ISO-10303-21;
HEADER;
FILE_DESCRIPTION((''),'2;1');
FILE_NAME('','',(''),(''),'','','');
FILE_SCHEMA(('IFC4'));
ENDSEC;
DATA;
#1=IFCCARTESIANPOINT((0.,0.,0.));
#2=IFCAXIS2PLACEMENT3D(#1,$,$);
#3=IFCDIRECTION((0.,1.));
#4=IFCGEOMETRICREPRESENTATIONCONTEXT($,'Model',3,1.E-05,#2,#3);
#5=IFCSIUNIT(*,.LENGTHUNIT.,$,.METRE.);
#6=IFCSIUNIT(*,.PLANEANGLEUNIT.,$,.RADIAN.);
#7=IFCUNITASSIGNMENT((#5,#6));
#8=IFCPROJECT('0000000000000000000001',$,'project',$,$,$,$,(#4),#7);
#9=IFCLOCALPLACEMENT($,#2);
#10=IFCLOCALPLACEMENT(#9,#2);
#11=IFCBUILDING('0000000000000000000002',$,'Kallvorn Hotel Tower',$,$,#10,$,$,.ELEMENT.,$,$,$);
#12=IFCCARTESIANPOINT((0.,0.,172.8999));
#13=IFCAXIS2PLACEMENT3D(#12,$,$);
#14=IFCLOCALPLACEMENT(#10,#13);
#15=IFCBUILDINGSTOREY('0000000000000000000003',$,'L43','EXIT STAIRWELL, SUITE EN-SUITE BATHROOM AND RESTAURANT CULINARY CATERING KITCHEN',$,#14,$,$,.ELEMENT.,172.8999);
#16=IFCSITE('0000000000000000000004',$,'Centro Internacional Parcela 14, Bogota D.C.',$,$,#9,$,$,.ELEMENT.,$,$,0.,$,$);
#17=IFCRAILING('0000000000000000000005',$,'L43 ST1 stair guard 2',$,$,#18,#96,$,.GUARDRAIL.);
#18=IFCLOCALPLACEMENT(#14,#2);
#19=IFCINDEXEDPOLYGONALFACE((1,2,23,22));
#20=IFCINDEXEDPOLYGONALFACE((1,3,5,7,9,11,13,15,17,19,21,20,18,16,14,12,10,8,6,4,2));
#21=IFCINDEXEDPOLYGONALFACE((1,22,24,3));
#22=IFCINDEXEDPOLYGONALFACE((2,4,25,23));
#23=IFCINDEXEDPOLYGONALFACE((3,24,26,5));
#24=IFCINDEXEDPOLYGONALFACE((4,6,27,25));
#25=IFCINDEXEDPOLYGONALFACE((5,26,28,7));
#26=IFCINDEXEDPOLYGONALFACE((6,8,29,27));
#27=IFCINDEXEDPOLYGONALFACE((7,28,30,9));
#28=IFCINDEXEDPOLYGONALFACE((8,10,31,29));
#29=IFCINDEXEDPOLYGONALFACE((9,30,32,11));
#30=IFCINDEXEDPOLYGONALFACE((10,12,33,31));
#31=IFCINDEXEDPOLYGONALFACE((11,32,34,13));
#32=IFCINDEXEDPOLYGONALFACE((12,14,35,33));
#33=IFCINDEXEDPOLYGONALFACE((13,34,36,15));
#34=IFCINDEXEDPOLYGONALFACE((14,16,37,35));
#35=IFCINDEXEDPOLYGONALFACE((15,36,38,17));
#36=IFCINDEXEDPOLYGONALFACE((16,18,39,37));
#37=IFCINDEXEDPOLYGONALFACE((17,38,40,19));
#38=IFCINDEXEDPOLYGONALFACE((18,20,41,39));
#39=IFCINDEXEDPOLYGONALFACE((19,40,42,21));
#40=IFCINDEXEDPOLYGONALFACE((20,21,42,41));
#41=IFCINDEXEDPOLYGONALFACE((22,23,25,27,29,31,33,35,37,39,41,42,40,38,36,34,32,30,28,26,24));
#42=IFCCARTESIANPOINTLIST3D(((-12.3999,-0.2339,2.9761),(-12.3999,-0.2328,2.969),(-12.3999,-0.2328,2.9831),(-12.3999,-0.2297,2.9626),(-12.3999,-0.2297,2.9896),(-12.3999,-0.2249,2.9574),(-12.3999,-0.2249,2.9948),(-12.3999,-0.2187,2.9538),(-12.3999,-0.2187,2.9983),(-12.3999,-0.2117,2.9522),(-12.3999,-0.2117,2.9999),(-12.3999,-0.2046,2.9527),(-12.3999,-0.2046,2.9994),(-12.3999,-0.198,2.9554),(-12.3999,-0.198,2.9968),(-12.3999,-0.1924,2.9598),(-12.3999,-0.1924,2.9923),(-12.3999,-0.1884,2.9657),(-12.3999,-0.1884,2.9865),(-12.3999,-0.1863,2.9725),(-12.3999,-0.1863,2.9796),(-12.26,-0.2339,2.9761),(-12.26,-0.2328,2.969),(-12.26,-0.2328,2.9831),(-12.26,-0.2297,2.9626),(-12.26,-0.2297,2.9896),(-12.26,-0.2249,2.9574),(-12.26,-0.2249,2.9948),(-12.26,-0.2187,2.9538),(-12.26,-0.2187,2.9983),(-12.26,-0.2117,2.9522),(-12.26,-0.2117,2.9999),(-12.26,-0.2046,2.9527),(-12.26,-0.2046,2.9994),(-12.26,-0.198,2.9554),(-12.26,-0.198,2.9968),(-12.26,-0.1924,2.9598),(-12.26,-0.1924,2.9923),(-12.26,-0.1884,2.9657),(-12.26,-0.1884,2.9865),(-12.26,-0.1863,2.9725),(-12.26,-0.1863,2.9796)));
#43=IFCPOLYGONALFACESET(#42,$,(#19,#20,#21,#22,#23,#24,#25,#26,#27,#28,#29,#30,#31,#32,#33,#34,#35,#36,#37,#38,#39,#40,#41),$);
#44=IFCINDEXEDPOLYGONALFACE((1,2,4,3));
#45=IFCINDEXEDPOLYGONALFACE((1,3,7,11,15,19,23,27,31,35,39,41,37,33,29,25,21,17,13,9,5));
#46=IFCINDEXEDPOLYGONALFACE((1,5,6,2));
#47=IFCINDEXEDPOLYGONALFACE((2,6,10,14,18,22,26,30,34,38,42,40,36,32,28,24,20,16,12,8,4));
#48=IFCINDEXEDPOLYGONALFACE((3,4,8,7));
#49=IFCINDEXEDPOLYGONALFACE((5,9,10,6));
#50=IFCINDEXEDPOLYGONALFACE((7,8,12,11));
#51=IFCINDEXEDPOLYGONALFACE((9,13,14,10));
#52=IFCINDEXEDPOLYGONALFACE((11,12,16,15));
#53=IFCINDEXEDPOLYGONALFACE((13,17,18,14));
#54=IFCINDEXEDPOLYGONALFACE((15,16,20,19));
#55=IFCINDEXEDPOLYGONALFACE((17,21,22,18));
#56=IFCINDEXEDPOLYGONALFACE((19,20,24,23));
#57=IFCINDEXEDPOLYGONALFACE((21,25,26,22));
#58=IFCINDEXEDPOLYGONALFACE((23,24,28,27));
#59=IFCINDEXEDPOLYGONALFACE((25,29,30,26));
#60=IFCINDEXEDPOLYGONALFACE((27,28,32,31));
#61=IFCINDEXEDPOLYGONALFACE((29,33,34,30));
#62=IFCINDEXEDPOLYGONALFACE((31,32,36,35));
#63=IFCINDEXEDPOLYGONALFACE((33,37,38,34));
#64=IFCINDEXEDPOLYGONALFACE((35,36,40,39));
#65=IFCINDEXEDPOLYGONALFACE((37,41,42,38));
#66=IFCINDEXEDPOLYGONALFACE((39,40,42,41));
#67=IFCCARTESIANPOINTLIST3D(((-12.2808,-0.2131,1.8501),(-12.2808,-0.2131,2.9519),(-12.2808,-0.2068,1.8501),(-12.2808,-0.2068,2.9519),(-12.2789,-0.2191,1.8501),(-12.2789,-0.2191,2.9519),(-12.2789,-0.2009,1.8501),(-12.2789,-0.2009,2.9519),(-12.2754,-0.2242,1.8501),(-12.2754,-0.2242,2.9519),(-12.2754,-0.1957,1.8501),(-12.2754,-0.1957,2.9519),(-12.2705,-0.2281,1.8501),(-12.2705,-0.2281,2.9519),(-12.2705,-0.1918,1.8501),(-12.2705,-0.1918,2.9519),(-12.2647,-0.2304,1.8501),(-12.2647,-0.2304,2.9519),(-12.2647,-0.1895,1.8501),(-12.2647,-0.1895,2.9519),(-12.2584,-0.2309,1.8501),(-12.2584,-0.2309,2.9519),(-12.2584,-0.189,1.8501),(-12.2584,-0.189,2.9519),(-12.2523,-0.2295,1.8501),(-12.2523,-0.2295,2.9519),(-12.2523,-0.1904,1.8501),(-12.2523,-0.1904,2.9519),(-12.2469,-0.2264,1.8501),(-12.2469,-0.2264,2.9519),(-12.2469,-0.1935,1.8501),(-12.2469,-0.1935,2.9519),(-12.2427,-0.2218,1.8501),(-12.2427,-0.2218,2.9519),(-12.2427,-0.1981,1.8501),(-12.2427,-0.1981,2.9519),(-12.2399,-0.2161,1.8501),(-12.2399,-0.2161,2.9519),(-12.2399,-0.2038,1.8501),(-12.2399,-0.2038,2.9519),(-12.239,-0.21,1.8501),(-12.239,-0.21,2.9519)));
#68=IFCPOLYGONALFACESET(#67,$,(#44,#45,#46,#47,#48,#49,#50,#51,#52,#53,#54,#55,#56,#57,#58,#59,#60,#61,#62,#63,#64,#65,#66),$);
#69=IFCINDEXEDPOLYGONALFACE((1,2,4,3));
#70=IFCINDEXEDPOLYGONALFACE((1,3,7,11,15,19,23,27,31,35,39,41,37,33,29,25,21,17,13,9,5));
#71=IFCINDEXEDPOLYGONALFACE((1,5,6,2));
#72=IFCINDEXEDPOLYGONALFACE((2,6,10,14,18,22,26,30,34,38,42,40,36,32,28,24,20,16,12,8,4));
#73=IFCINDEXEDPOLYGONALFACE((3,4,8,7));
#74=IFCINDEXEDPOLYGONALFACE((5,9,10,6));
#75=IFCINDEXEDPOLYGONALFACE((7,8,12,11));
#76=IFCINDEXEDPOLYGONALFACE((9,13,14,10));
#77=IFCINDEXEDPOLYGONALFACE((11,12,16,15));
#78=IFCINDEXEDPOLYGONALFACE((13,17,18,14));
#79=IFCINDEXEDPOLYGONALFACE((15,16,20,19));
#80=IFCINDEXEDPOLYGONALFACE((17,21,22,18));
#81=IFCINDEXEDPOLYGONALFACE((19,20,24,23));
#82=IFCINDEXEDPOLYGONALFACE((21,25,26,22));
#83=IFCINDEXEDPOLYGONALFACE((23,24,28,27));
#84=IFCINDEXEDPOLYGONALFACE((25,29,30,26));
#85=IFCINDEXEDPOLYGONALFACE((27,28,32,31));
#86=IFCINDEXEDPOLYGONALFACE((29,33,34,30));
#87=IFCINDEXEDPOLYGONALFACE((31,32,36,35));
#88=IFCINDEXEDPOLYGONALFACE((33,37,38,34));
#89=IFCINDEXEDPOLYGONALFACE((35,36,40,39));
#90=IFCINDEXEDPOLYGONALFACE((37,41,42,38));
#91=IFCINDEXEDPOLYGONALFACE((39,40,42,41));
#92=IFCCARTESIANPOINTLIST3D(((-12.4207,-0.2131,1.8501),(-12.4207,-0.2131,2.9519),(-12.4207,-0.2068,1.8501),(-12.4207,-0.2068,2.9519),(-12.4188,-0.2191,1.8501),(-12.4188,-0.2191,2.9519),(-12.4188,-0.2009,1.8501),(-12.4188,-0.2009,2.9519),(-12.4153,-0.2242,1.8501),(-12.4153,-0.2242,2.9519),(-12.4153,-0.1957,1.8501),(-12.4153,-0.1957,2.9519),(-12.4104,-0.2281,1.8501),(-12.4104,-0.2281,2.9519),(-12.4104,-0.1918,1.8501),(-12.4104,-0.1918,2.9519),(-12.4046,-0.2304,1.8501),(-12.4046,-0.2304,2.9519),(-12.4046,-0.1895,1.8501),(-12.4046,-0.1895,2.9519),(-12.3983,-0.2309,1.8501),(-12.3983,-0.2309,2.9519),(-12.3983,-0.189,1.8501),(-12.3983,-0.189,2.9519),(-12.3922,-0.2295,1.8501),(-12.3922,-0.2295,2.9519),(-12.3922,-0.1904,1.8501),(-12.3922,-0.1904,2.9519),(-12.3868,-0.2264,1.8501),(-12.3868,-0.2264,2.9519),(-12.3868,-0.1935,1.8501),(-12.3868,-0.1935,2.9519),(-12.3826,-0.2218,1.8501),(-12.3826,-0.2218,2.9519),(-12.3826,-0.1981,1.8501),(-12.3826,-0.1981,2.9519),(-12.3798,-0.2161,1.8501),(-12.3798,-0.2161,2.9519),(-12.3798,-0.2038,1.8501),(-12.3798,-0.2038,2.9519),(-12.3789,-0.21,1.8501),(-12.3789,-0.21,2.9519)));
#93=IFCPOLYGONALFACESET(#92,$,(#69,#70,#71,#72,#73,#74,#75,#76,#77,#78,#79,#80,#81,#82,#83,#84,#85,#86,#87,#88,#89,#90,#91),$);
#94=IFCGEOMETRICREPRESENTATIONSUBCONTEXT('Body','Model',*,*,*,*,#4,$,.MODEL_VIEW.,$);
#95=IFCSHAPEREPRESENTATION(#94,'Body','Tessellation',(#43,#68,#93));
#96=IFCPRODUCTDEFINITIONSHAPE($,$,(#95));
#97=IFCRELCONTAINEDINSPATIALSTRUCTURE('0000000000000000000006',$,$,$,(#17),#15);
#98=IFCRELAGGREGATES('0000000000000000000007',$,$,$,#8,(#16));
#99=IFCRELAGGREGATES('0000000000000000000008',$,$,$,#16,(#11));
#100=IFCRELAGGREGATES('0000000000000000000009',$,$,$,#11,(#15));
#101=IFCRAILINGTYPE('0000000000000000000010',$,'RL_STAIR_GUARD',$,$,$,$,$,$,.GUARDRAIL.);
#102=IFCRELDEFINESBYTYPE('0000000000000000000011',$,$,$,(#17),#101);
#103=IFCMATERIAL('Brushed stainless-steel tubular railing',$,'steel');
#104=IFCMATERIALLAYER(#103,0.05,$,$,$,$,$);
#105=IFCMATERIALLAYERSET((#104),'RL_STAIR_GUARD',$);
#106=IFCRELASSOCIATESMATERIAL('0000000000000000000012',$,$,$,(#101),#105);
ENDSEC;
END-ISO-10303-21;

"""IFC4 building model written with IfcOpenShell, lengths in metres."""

from ifc_helpers import new_model, si_unit, direction, frame, origin, origin_2d, place, context, subcontext, project, spatial, circle, extrude, material, layer, layer_set, type_object, element, save


model = new_model("IFC4")

# Units and contexts
model_context = context("Model", 3, precision=1e-05, world=origin(), true_north=direction((0.0, 1.0)))
body_context = subcontext(model_context, "Body", "Model", "MODEL_VIEW")
ifc_project = project(units=[si_unit("LENGTHUNIT", "METRE"), si_unit("PLANEANGLEUNIT", "RADIAN")], contexts=[model_context])

# Site, building, storey
site_placement = place(None, origin())
site = spatial("IfcSite", under=ifc_project, at=site_placement, Name="Centro Internacional Parcela 14, Bogota D.C.", CompositionType="ELEMENT", RefElevation=0.0)
building_placement = place(site_placement, origin())
building = spatial("IfcBuilding", under=site, at=building_placement, Name="Kallvorn Hotel Tower", CompositionType="ELEMENT")
storey_placement = place(building_placement, frame((0.0, 0.0, 172.8999)))
storey = spatial("IfcBuildingStorey", under=building, at=storey_placement, Name="L43", Description="EXIT STAIRWELL, SUITE EN-SUITE BATHROOM AND RESTAURANT CULINARY CATERING KITCHEN", CompositionType="ELEMENT", Elevation=172.8999)

# Railing
ifc_material_1 = material(Name="Brushed stainless-steel tubular railing", Category="steel")
ifc_layer_1 = layer(ifc_material_1, 0.05)
ifc_layer_set_1 = layer_set([ifc_layer_1], Name="RL_STAIR_GUARD")
railing_type_1 = type_object("IfcRailingType", Name="RL_STAIR_GUARD", PredefinedType="GUARDRAIL", material=ifc_layer_set_1)
railing_1_placement = place(storey_placement, frame((-12.26, -0.21, 1.8501)))
element("IfcRailing", 1, at=railing_1_placement, inside=storey, type_object=railing_type_1, Name="L43 ST1 stair guard 2", PredefinedType="GUARDRAIL", context=body_context, shape_type="SweptSolid", body=[
    extrude(circle(Radius=0.0239, at=origin_2d()), frame((0.0, 0.0, 1.126), z_axis=(-1.0, 0.0, 0.0), x_axis=(0.0, -1.0, 0.0)), (0.0, 0.0, 1.0), 0.1399),
    extrude(circle(Radius=0.021, at=origin_2d()), origin(), (0.0, 0.0, 1.0), 1.1018),
    extrude(circle(Radius=0.021, at=origin_2d()), frame((-0.1399, 0.0, 0.0)), (0.0, 0.0, 1.0), 1.1018),
])

save(model, "model.ifc")
